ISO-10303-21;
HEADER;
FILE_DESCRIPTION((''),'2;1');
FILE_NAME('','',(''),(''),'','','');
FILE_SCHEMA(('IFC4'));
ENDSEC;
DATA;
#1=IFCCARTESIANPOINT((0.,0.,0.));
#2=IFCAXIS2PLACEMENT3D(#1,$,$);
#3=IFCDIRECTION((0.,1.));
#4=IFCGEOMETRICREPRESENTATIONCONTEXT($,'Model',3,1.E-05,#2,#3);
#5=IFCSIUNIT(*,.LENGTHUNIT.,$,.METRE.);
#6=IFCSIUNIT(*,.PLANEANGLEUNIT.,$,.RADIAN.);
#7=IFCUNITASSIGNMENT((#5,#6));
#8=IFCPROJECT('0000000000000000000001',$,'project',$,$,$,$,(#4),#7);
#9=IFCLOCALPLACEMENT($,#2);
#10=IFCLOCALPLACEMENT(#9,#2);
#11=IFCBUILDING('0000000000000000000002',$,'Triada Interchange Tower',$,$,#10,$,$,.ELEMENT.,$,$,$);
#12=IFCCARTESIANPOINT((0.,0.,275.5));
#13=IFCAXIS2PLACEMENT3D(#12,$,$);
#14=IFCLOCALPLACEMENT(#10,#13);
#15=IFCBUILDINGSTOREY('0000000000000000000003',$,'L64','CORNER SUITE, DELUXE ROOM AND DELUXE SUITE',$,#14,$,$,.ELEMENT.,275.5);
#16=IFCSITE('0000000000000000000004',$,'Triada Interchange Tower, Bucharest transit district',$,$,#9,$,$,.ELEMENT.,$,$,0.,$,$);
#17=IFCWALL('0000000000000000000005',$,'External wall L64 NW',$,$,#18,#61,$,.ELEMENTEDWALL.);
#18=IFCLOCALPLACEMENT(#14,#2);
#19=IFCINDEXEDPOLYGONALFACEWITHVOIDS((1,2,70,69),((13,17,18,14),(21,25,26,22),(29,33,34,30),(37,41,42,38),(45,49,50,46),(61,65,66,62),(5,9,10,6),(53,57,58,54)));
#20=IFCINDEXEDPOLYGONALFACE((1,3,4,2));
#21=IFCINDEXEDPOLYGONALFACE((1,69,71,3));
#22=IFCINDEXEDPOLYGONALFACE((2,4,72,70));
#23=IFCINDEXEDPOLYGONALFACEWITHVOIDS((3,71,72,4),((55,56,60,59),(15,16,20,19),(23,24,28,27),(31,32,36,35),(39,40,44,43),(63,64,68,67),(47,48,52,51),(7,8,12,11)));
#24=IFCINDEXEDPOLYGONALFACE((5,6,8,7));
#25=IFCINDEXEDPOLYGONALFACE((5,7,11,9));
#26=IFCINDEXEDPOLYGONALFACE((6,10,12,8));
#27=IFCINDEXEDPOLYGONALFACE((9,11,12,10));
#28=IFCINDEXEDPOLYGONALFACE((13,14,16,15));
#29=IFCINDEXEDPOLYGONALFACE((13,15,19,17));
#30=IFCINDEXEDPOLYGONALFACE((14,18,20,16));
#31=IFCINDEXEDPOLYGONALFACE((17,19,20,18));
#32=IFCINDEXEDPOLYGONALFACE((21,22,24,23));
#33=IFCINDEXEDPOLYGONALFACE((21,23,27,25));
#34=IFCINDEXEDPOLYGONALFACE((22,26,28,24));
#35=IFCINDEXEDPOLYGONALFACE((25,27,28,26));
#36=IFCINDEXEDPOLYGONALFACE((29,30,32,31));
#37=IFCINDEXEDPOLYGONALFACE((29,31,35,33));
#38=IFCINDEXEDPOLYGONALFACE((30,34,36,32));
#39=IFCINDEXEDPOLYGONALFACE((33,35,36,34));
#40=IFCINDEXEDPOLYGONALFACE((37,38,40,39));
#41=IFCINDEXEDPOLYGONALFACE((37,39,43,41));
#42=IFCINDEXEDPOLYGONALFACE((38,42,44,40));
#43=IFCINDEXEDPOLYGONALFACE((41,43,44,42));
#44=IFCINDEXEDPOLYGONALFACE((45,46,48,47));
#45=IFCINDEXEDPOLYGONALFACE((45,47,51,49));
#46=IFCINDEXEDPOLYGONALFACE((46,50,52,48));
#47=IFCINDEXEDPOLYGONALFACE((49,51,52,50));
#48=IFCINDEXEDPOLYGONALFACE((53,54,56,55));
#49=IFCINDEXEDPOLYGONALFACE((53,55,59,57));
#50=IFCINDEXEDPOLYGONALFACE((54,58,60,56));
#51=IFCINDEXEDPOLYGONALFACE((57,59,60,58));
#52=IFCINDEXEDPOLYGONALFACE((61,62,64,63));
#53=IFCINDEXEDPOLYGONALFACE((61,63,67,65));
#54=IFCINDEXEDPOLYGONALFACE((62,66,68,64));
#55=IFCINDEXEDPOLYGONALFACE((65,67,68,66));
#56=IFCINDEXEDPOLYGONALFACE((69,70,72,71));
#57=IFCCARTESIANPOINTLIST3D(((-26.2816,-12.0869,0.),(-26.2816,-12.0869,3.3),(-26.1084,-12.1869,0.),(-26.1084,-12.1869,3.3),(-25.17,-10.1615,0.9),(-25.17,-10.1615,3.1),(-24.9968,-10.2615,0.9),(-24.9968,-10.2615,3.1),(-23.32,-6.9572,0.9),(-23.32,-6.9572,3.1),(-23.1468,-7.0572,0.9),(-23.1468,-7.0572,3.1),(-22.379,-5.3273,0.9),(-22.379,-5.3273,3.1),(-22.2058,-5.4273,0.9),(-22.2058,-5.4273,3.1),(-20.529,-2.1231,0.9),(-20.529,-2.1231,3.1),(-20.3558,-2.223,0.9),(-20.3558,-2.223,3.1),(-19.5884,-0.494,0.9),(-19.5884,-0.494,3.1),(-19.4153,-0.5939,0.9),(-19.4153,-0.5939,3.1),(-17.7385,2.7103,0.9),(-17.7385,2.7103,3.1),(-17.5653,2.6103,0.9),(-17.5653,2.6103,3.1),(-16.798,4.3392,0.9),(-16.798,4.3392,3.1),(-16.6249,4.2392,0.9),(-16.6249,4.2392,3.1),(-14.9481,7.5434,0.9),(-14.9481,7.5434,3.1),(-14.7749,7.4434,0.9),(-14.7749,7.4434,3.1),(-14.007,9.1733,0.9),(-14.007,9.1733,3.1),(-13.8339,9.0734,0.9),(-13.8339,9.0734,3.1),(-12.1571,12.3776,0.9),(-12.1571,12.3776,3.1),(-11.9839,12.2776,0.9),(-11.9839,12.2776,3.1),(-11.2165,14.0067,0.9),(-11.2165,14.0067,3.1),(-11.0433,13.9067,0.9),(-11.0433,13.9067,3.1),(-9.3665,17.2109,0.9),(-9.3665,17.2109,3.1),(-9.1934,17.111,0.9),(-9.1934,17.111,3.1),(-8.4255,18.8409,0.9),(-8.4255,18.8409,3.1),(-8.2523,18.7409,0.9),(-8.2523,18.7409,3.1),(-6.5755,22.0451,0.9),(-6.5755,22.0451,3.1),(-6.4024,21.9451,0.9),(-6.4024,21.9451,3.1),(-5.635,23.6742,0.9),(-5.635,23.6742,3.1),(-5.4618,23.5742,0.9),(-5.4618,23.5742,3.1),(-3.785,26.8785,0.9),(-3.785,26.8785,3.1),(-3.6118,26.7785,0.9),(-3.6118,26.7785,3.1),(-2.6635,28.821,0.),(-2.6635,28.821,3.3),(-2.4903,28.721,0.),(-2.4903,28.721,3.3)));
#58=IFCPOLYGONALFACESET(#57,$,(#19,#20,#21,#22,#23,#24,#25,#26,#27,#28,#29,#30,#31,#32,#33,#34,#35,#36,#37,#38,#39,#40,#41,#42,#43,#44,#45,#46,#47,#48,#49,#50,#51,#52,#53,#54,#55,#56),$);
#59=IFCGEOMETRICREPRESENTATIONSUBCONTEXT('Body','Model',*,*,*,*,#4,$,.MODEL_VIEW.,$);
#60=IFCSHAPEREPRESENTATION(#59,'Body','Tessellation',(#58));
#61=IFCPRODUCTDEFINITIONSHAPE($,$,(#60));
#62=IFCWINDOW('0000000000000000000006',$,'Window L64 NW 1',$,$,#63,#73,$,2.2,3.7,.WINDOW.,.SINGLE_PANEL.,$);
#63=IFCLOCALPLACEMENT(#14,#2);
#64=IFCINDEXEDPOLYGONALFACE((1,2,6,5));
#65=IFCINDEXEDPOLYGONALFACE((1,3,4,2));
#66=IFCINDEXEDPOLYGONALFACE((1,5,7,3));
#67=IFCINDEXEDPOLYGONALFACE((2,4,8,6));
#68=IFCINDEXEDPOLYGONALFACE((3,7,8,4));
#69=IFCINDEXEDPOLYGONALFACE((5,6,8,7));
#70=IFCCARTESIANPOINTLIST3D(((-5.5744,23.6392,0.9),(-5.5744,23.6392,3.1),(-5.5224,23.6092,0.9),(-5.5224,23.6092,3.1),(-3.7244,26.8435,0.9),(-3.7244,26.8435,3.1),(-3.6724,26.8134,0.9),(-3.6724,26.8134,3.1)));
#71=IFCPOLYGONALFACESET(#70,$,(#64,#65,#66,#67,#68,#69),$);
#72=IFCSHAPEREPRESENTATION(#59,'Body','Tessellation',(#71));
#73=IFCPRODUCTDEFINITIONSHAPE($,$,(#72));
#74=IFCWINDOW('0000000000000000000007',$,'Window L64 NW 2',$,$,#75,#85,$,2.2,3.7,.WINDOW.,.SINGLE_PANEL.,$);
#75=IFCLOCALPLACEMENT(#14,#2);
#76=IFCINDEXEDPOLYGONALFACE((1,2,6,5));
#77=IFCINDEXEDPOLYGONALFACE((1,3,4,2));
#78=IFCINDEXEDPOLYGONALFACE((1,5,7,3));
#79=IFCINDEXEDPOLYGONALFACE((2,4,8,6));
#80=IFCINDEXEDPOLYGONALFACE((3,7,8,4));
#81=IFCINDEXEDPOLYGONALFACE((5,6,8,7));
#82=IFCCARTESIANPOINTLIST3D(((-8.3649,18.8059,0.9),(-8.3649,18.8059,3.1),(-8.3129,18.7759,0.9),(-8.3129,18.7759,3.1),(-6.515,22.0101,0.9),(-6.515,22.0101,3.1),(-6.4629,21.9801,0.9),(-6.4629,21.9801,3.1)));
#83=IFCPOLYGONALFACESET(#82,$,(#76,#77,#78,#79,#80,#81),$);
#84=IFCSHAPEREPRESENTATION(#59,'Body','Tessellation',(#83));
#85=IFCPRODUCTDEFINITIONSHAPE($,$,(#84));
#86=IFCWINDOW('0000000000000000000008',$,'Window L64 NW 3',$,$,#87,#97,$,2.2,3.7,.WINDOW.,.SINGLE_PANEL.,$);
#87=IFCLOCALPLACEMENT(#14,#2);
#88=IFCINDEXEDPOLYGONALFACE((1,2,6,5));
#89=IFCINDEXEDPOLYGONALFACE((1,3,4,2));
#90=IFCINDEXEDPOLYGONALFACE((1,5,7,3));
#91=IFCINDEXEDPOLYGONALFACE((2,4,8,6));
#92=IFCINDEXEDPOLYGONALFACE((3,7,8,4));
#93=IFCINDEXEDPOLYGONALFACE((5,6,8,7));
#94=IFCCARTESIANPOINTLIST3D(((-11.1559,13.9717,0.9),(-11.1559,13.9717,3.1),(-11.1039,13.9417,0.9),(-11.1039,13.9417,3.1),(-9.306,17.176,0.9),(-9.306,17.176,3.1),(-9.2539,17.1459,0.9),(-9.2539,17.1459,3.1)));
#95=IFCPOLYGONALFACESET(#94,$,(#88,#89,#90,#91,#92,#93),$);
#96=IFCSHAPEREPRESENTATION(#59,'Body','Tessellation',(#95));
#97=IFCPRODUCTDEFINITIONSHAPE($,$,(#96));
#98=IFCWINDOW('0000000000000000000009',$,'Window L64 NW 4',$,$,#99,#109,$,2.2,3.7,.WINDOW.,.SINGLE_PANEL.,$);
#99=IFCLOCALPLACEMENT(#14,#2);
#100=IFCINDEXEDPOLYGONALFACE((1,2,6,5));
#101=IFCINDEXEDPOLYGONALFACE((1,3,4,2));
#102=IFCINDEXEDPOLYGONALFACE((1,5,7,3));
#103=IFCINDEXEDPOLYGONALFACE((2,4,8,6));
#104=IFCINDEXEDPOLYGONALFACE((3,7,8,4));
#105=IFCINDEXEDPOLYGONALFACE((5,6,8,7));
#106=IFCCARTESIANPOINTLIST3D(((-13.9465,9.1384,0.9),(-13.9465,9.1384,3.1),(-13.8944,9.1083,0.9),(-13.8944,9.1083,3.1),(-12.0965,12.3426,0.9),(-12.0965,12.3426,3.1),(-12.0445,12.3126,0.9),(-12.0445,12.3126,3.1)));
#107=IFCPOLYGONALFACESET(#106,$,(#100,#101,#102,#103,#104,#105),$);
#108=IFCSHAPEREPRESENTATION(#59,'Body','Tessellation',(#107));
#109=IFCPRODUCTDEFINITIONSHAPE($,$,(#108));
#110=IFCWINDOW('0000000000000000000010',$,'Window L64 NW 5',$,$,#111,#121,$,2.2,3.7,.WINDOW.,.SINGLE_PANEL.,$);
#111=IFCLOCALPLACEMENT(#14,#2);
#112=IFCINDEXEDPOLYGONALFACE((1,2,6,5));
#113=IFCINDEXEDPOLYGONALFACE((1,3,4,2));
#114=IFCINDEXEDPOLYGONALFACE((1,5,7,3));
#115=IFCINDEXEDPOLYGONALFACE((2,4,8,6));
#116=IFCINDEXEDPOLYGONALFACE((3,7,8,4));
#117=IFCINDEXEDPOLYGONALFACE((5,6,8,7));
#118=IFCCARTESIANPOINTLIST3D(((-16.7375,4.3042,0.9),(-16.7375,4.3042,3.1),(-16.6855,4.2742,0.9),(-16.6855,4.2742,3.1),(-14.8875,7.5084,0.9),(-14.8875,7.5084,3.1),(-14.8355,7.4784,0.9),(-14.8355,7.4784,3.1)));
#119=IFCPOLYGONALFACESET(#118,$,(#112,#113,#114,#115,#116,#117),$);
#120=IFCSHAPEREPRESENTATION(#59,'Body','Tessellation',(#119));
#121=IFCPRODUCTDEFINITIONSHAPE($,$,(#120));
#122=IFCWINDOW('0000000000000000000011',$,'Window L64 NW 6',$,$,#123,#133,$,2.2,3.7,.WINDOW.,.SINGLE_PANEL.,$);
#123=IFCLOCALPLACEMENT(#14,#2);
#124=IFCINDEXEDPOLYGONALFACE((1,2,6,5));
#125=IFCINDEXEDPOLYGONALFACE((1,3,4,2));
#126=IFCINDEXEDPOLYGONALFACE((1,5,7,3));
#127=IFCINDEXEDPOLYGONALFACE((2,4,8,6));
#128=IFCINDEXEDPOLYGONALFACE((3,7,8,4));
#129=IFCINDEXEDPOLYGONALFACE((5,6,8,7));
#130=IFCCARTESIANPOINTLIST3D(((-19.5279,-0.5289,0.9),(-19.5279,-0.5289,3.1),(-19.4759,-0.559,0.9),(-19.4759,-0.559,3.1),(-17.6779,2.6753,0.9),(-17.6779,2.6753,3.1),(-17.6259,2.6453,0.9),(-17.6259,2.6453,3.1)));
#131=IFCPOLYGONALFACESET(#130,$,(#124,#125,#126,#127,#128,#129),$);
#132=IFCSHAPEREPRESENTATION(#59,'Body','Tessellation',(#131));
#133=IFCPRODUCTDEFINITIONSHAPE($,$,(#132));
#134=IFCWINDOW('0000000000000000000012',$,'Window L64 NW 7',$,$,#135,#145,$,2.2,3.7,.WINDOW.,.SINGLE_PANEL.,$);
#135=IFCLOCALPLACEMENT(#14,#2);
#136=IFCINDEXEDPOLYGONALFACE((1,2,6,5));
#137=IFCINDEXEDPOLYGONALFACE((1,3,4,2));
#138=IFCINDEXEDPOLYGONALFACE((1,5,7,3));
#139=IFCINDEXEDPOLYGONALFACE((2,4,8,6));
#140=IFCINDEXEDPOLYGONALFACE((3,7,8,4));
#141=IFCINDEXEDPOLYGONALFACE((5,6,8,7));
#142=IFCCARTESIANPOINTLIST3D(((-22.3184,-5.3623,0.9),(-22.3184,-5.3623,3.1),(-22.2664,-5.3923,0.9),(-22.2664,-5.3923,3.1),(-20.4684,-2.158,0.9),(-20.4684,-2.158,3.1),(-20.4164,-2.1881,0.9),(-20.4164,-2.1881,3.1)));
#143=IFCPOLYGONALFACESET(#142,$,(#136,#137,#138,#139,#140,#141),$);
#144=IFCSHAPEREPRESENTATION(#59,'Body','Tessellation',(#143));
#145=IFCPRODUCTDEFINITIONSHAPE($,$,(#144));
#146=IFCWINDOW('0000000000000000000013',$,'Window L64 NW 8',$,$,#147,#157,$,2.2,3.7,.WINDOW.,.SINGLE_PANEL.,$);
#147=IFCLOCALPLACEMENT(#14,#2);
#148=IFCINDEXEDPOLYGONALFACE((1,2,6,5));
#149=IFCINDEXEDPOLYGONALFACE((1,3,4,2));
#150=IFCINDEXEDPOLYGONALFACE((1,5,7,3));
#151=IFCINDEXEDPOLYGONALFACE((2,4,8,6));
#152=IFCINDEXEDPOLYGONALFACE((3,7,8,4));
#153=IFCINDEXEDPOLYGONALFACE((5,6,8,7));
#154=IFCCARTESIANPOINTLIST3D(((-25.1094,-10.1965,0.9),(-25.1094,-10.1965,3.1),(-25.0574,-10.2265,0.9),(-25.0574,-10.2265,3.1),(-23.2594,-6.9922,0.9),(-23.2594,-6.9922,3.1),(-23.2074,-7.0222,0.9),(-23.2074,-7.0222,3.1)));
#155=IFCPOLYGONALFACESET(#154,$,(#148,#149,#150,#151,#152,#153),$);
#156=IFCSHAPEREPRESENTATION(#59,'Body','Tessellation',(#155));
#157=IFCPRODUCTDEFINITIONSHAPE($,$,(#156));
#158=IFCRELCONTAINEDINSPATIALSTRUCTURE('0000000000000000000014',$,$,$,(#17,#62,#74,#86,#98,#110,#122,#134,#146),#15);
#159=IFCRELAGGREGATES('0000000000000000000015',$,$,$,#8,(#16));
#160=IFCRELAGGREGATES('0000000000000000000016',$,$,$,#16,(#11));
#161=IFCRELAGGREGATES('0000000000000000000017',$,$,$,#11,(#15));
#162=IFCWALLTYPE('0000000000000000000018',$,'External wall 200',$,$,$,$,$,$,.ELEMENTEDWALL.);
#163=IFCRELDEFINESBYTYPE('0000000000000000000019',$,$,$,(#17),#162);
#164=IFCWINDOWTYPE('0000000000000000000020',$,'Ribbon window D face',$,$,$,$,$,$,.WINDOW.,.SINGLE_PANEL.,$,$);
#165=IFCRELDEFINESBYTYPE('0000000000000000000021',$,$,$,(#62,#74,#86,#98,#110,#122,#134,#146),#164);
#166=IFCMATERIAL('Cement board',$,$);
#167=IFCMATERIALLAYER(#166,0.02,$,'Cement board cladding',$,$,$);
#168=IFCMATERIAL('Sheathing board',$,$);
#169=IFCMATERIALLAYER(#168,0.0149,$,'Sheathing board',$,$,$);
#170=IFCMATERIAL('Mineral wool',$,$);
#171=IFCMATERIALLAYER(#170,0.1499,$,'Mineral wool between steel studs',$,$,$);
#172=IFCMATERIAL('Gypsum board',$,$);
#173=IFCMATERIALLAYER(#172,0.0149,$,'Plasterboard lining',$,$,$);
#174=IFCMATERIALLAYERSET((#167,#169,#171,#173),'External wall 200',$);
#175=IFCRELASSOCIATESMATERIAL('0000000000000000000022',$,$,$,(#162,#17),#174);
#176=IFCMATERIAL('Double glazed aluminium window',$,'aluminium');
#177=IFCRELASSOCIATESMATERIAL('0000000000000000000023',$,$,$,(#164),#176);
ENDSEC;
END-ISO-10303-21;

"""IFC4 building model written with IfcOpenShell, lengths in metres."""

from ifc_helpers import new_model, si_unit, direction, frame, frame_2d, origin, place, context, subcontext, project, spatial, rectangle, extrude, material, layer, layer_set, layer_usage, type_object, element, fill, save


model = new_model("IFC4")

# Units and contexts
model_context = context("Model", 3, precision=1e-05, world=origin(), true_north=direction((0.0, 1.0)))
body_context = subcontext(model_context, "Body", "Model", "MODEL_VIEW")
ifc_project = project(units=[si_unit("LENGTHUNIT", "METRE"), si_unit("PLANEANGLEUNIT", "RADIAN")], contexts=[model_context])

# Site, building, storey
site_placement = place(None, origin())
site = spatial("IfcSite", under=ifc_project, at=site_placement, Name="Triada Interchange Tower, Bucharest transit district", CompositionType="ELEMENT", RefElevation=0.0)
building_placement = place(site_placement, origin())
building = spatial("IfcBuilding", under=site, at=building_placement, Name="Triada Interchange Tower", CompositionType="ELEMENT")
storey_placement = place(building_placement, frame((0.0, 0.0, 275.5)))
storey = spatial("IfcBuildingStorey", under=building, at=storey_placement, Name="L64", Description="CORNER SUITE, DELUXE ROOM AND DELUXE SUITE", CompositionType="ELEMENT", Elevation=275.5)

# Wall, openings, windows
ifc_material_1 = material(Name="Cement board")
ifc_layer_1 = layer(ifc_material_1, 0.02, Name="Cement board cladding")
ifc_material_2 = material(Name="Sheathing board")
ifc_layer_2 = layer(ifc_material_2, 0.0149, Name="Sheathing board")
ifc_material_3 = material(Name="Mineral wool")
ifc_layer_3 = layer(ifc_material_3, 0.1499, Name="Mineral wool between steel studs")
ifc_material_4 = material(Name="Gypsum board")
ifc_layer_4 = layer(ifc_material_4, 0.0149, Name="Plasterboard lining")
ifc_layer_set_1 = layer_set([ifc_layer_1, ifc_layer_2, ifc_layer_3, ifc_layer_4], Name="External wall 200")
ifc_layer_usage = layer_usage(ifc_layer_set_1, "AXIS2", "POSITIVE", -0.1001)
wall_type_1 = type_object("IfcWallType", Name="External wall 200", PredefinedType="ELEMENTEDWALL", material=ifc_layer_set_1)
wall_1_placement = place(storey_placement, frame((-2.5769, 28.771, 0.0), z_axis=(0.0, 0.0, 1.0), x_axis=(-0.499999, -0.866026, 0.0)))
wall_1 = element("IfcWall", 1, at=wall_1_placement, inside=storey, type_object=wall_type_1, material=ifc_layer_usage, Name="External wall L64 NW", PredefinedType="ELEMENTEDWALL", context=body_context, shape_type="SweptSolid", body=[
    extrude(rectangle(XDim=47.2363, YDim=0.2, at=frame_2d((23.6182, 0.0))), origin(), (0.0, 0.0, 1.0), 3.3),
])
opening_1_placement = place(wall_1_placement, frame((2.2429, 0.0, 0.8999)))
opening_1 = element("IfcOpeningElement", 2, at=opening_1_placement, cuts=wall_1, PredefinedType="OPENING", context=body_context, shape_type="SweptSolid", body=[
    extrude(rectangle(XDim=3.7, YDim=2.2, at=frame_2d((1.8501, 1.1001))), frame((0.0, 0.1099, 0.0), z_axis=(0.0, -1.0, 0.0), x_axis=(1.0, 0.0, 0.0)), (0.0, 0.0, 1.0), 0.22),
])
opening_2_placement = place(wall_1_placement, frame((7.824, 0.0, 0.8999)))
opening_2 = element("IfcOpeningElement", 3, at=opening_2_placement, cuts=wall_1, PredefinedType="OPENING", context=body_context, shape_type="SweptSolid", body=[
    extrude(rectangle(XDim=3.7, YDim=2.2, at=frame_2d((1.8501, 1.1001))), frame((0.0, 0.1099, 0.0), z_axis=(0.0, -1.0, 0.0), x_axis=(1.0, 0.0, 0.0)), (0.0, 0.0, 1.0), 0.22),
])
opening_3_placement = place(wall_1_placement, frame((13.406, 0.0, 0.8999)))
opening_3 = element("IfcOpeningElement", 4, at=opening_3_placement, cuts=wall_1, PredefinedType="OPENING", context=body_context, shape_type="SweptSolid", body=[
    extrude(rectangle(XDim=3.7, YDim=2.2, at=frame_2d((1.8501, 1.1001))), frame((0.0, 0.1099, 0.0), z_axis=(0.0, -1.0, 0.0), x_axis=(1.0, 0.0, 0.0)), (0.0, 0.0, 1.0), 0.22),
])
opening_4_placement = place(wall_1_placement, frame((18.9871, 0.0, 0.8999)))
opening_4 = element("IfcOpeningElement", 5, at=opening_4_placement, cuts=wall_1, PredefinedType="OPENING", context=body_context, shape_type="SweptSolid", body=[
    extrude(rectangle(XDim=3.7, YDim=2.2, at=frame_2d((1.8501, 1.1001))), frame((0.0, 0.1099, 0.0), z_axis=(0.0, -1.0, 0.0), x_axis=(1.0, 0.0, 0.0)), (0.0, 0.0, 1.0), 0.22),
])
opening_5_placement = place(wall_1_placement, frame((24.5691, 0.0, 0.8999)))
opening_5 = element("IfcOpeningElement", 6, at=opening_5_placement, cuts=wall_1, PredefinedType="OPENING", context=body_context, shape_type="SweptSolid", body=[
    extrude(rectangle(XDim=3.7, YDim=2.2, at=frame_2d((1.8501, 1.1001))), frame((0.0, 0.1099, 0.0), z_axis=(0.0, -1.0, 0.0), x_axis=(1.0, 0.0, 0.0)), (0.0, 0.0, 1.0), 0.22),
])
opening_6_placement = place(wall_1_placement, frame((30.1499, 0.0, 0.8999)))
opening_6 = element("IfcOpeningElement", 7, at=opening_6_placement, cuts=wall_1, PredefinedType="OPENING", context=body_context, shape_type="SweptSolid", body=[
    extrude(rectangle(XDim=3.7, YDim=2.2, at=frame_2d((1.8501, 1.1001))), frame((0.0, 0.1099, 0.0), z_axis=(0.0, -1.0, 0.0), x_axis=(1.0, 0.0, 0.0)), (0.0, 0.0, 1.0), 0.22),
])
opening_7_placement = place(wall_1_placement, frame((35.731, 0.0, 0.8999)))
opening_7 = element("IfcOpeningElement", 8, at=opening_7_placement, cuts=wall_1, PredefinedType="OPENING", context=body_context, shape_type="SweptSolid", body=[
    extrude(rectangle(XDim=3.7, YDim=2.2, at=frame_2d((1.8501, 1.1001))), frame((0.0, 0.1099, 0.0), z_axis=(0.0, -1.0, 0.0), x_axis=(1.0, 0.0, 0.0)), (0.0, 0.0, 1.0), 0.22),
])
opening_8_placement = place(wall_1_placement, frame((41.313, 0.0, 0.8999)))
opening_8 = element("IfcOpeningElement", 9, at=opening_8_placement, cuts=wall_1, PredefinedType="OPENING", context=body_context, shape_type="SweptSolid", body=[
    extrude(rectangle(XDim=3.7, YDim=2.2, at=frame_2d((1.8501, 1.1001))), frame((0.0, 0.1099, 0.0), z_axis=(0.0, -1.0, 0.0), x_axis=(1.0, 0.0, 0.0)), (0.0, 0.0, 1.0), 0.22),
])
ifc_material_5 = material(Name="Double glazed aluminium window", Category="aluminium")
window_type = type_object("IfcWindowType", Name="Ribbon window D face", PartitioningType="SINGLE_PANEL", PredefinedType="WINDOW", material=ifc_material_5)
window_1_placement = place(opening_1_placement, origin())
window_1 = element("IfcWindow", 10, at=window_1_placement, inside=storey, type_object=window_type, Name="Window L64 NW 1", OverallHeight=2.2, OverallWidth=3.7, PartitioningType="SINGLE_PANEL", PredefinedType="WINDOW", context=body_context, shape_type="SweptSolid", body=[
    extrude(rectangle(XDim=3.7, YDim=2.2, at=frame_2d((1.8501, 1.1001))), frame((0.0, 0.03, 0.0), z_axis=(0.0, -1.0, 0.0), x_axis=(1.0, 0.0, 0.0)), (0.0, 0.0, 1.0), 0.0601),
])
fill(opening_1, window_1)
window_2_placement = place(opening_2_placement, origin())
window_2 = element("IfcWindow", 11, at=window_2_placement, inside=storey, type_object=window_type, Name="Window L64 NW 2", OverallHeight=2.2, OverallWidth=3.7, PartitioningType="SINGLE_PANEL", PredefinedType="WINDOW", context=body_context, shape_type="SweptSolid", body=[
    extrude(rectangle(XDim=3.7, YDim=2.2, at=frame_2d((1.8501, 1.1001))), frame((0.0, 0.03, 0.0), z_axis=(0.0, -1.0, 0.0), x_axis=(1.0, 0.0, 0.0)), (0.0, 0.0, 1.0), 0.0601),
])
fill(opening_2, window_2)
window_3_placement = place(opening_3_placement, origin())
window_3 = element("IfcWindow", 12, at=window_3_placement, inside=storey, type_object=window_type, Name="Window L64 NW 3", OverallHeight=2.2, OverallWidth=3.7, PartitioningType="SINGLE_PANEL", PredefinedType="WINDOW", context=body_context, shape_type="SweptSolid", body=[
    extrude(rectangle(XDim=3.7, YDim=2.2, at=frame_2d((1.8501, 1.1001))), frame((0.0, 0.03, 0.0), z_axis=(0.0, -1.0, 0.0), x_axis=(1.0, 0.0, 0.0)), (0.0, 0.0, 1.0), 0.0601),
])
fill(opening_3, window_3)
window_4_placement = place(opening_4_placement, origin())
window_4 = element("IfcWindow", 13, at=window_4_placement, inside=storey, type_object=window_type, Name="Window L64 NW 4", OverallHeight=2.2, OverallWidth=3.7, PartitioningType="SINGLE_PANEL", PredefinedType="WINDOW", context=body_context, shape_type="SweptSolid", body=[
    extrude(rectangle(XDim=3.7, YDim=2.2, at=frame_2d((1.8501, 1.1001))), frame((0.0, 0.03, 0.0), z_axis=(0.0, -1.0, 0.0), x_axis=(1.0, 0.0, 0.0)), (0.0, 0.0, 1.0), 0.0601),
])
fill(opening_4, window_4)
window_5_placement = place(opening_5_placement, origin())
window_5 = element("IfcWindow", 14, at=window_5_placement, inside=storey, type_object=window_type, Name="Window L64 NW 5", OverallHeight=2.2, OverallWidth=3.7, PartitioningType="SINGLE_PANEL", PredefinedType="WINDOW", context=body_context, shape_type="SweptSolid", body=[
    extrude(rectangle(XDim=3.7, YDim=2.2, at=frame_2d((1.8501, 1.1001))), frame((0.0, 0.03, 0.0), z_axis=(0.0, -1.0, 0.0), x_axis=(1.0, 0.0, 0.0)), (0.0, 0.0, 1.0), 0.0601),
])
fill(opening_5, window_5)
window_6_placement = place(opening_6_placement, origin())
window_6 = element("IfcWindow", 15, at=window_6_placement, inside=storey, type_object=window_type, Name="Window L64 NW 6", OverallHeight=2.2, OverallWidth=3.7, PartitioningType="SINGLE_PANEL", PredefinedType="WINDOW", context=body_context, shape_type="SweptSolid", body=[
    extrude(rectangle(XDim=3.7, YDim=2.2, at=frame_2d((1.8501, 1.1001))), frame((0.0, 0.03, 0.0), z_axis=(0.0, -1.0, 0.0), x_axis=(1.0, 0.0, 0.0)), (0.0, 0.0, 1.0), 0.0601),
])
fill(opening_6, window_6)
window_7_placement = place(opening_7_placement, origin())
window_7 = element("IfcWindow", 16, at=window_7_placement, inside=storey, type_object=window_type, Name="Window L64 NW 7", OverallHeight=2.2, OverallWidth=3.7, PartitioningType="SINGLE_PANEL", PredefinedType="WINDOW", context=body_context, shape_type="SweptSolid", body=[
    extrude(rectangle(XDim=3.7, YDim=2.2, at=frame_2d((1.8501, 1.1001))), frame((0.0, 0.03, 0.0), z_axis=(0.0, -1.0, 0.0), x_axis=(1.0, 0.0, 0.0)), (0.0, 0.0, 1.0), 0.0601),
])
fill(opening_7, window_7)
window_8_placement = place(opening_8_placement, origin())
window_8 = element("IfcWindow", 17, at=window_8_placement, inside=storey, type_object=window_type, Name="Window L64 NW 8", OverallHeight=2.2, OverallWidth=3.7, PartitioningType="SINGLE_PANEL", PredefinedType="WINDOW", context=body_context, shape_type="SweptSolid", body=[
    extrude(rectangle(XDim=3.7, YDim=2.2, at=frame_2d((1.8501, 1.1001))), frame((0.0, 0.03, 0.0), z_axis=(0.0, -1.0, 0.0), x_axis=(1.0, 0.0, 0.0)), (0.0, 0.0, 1.0), 0.0601),
])
fill(opening_8, window_8)

save(model, "model.ifc")
